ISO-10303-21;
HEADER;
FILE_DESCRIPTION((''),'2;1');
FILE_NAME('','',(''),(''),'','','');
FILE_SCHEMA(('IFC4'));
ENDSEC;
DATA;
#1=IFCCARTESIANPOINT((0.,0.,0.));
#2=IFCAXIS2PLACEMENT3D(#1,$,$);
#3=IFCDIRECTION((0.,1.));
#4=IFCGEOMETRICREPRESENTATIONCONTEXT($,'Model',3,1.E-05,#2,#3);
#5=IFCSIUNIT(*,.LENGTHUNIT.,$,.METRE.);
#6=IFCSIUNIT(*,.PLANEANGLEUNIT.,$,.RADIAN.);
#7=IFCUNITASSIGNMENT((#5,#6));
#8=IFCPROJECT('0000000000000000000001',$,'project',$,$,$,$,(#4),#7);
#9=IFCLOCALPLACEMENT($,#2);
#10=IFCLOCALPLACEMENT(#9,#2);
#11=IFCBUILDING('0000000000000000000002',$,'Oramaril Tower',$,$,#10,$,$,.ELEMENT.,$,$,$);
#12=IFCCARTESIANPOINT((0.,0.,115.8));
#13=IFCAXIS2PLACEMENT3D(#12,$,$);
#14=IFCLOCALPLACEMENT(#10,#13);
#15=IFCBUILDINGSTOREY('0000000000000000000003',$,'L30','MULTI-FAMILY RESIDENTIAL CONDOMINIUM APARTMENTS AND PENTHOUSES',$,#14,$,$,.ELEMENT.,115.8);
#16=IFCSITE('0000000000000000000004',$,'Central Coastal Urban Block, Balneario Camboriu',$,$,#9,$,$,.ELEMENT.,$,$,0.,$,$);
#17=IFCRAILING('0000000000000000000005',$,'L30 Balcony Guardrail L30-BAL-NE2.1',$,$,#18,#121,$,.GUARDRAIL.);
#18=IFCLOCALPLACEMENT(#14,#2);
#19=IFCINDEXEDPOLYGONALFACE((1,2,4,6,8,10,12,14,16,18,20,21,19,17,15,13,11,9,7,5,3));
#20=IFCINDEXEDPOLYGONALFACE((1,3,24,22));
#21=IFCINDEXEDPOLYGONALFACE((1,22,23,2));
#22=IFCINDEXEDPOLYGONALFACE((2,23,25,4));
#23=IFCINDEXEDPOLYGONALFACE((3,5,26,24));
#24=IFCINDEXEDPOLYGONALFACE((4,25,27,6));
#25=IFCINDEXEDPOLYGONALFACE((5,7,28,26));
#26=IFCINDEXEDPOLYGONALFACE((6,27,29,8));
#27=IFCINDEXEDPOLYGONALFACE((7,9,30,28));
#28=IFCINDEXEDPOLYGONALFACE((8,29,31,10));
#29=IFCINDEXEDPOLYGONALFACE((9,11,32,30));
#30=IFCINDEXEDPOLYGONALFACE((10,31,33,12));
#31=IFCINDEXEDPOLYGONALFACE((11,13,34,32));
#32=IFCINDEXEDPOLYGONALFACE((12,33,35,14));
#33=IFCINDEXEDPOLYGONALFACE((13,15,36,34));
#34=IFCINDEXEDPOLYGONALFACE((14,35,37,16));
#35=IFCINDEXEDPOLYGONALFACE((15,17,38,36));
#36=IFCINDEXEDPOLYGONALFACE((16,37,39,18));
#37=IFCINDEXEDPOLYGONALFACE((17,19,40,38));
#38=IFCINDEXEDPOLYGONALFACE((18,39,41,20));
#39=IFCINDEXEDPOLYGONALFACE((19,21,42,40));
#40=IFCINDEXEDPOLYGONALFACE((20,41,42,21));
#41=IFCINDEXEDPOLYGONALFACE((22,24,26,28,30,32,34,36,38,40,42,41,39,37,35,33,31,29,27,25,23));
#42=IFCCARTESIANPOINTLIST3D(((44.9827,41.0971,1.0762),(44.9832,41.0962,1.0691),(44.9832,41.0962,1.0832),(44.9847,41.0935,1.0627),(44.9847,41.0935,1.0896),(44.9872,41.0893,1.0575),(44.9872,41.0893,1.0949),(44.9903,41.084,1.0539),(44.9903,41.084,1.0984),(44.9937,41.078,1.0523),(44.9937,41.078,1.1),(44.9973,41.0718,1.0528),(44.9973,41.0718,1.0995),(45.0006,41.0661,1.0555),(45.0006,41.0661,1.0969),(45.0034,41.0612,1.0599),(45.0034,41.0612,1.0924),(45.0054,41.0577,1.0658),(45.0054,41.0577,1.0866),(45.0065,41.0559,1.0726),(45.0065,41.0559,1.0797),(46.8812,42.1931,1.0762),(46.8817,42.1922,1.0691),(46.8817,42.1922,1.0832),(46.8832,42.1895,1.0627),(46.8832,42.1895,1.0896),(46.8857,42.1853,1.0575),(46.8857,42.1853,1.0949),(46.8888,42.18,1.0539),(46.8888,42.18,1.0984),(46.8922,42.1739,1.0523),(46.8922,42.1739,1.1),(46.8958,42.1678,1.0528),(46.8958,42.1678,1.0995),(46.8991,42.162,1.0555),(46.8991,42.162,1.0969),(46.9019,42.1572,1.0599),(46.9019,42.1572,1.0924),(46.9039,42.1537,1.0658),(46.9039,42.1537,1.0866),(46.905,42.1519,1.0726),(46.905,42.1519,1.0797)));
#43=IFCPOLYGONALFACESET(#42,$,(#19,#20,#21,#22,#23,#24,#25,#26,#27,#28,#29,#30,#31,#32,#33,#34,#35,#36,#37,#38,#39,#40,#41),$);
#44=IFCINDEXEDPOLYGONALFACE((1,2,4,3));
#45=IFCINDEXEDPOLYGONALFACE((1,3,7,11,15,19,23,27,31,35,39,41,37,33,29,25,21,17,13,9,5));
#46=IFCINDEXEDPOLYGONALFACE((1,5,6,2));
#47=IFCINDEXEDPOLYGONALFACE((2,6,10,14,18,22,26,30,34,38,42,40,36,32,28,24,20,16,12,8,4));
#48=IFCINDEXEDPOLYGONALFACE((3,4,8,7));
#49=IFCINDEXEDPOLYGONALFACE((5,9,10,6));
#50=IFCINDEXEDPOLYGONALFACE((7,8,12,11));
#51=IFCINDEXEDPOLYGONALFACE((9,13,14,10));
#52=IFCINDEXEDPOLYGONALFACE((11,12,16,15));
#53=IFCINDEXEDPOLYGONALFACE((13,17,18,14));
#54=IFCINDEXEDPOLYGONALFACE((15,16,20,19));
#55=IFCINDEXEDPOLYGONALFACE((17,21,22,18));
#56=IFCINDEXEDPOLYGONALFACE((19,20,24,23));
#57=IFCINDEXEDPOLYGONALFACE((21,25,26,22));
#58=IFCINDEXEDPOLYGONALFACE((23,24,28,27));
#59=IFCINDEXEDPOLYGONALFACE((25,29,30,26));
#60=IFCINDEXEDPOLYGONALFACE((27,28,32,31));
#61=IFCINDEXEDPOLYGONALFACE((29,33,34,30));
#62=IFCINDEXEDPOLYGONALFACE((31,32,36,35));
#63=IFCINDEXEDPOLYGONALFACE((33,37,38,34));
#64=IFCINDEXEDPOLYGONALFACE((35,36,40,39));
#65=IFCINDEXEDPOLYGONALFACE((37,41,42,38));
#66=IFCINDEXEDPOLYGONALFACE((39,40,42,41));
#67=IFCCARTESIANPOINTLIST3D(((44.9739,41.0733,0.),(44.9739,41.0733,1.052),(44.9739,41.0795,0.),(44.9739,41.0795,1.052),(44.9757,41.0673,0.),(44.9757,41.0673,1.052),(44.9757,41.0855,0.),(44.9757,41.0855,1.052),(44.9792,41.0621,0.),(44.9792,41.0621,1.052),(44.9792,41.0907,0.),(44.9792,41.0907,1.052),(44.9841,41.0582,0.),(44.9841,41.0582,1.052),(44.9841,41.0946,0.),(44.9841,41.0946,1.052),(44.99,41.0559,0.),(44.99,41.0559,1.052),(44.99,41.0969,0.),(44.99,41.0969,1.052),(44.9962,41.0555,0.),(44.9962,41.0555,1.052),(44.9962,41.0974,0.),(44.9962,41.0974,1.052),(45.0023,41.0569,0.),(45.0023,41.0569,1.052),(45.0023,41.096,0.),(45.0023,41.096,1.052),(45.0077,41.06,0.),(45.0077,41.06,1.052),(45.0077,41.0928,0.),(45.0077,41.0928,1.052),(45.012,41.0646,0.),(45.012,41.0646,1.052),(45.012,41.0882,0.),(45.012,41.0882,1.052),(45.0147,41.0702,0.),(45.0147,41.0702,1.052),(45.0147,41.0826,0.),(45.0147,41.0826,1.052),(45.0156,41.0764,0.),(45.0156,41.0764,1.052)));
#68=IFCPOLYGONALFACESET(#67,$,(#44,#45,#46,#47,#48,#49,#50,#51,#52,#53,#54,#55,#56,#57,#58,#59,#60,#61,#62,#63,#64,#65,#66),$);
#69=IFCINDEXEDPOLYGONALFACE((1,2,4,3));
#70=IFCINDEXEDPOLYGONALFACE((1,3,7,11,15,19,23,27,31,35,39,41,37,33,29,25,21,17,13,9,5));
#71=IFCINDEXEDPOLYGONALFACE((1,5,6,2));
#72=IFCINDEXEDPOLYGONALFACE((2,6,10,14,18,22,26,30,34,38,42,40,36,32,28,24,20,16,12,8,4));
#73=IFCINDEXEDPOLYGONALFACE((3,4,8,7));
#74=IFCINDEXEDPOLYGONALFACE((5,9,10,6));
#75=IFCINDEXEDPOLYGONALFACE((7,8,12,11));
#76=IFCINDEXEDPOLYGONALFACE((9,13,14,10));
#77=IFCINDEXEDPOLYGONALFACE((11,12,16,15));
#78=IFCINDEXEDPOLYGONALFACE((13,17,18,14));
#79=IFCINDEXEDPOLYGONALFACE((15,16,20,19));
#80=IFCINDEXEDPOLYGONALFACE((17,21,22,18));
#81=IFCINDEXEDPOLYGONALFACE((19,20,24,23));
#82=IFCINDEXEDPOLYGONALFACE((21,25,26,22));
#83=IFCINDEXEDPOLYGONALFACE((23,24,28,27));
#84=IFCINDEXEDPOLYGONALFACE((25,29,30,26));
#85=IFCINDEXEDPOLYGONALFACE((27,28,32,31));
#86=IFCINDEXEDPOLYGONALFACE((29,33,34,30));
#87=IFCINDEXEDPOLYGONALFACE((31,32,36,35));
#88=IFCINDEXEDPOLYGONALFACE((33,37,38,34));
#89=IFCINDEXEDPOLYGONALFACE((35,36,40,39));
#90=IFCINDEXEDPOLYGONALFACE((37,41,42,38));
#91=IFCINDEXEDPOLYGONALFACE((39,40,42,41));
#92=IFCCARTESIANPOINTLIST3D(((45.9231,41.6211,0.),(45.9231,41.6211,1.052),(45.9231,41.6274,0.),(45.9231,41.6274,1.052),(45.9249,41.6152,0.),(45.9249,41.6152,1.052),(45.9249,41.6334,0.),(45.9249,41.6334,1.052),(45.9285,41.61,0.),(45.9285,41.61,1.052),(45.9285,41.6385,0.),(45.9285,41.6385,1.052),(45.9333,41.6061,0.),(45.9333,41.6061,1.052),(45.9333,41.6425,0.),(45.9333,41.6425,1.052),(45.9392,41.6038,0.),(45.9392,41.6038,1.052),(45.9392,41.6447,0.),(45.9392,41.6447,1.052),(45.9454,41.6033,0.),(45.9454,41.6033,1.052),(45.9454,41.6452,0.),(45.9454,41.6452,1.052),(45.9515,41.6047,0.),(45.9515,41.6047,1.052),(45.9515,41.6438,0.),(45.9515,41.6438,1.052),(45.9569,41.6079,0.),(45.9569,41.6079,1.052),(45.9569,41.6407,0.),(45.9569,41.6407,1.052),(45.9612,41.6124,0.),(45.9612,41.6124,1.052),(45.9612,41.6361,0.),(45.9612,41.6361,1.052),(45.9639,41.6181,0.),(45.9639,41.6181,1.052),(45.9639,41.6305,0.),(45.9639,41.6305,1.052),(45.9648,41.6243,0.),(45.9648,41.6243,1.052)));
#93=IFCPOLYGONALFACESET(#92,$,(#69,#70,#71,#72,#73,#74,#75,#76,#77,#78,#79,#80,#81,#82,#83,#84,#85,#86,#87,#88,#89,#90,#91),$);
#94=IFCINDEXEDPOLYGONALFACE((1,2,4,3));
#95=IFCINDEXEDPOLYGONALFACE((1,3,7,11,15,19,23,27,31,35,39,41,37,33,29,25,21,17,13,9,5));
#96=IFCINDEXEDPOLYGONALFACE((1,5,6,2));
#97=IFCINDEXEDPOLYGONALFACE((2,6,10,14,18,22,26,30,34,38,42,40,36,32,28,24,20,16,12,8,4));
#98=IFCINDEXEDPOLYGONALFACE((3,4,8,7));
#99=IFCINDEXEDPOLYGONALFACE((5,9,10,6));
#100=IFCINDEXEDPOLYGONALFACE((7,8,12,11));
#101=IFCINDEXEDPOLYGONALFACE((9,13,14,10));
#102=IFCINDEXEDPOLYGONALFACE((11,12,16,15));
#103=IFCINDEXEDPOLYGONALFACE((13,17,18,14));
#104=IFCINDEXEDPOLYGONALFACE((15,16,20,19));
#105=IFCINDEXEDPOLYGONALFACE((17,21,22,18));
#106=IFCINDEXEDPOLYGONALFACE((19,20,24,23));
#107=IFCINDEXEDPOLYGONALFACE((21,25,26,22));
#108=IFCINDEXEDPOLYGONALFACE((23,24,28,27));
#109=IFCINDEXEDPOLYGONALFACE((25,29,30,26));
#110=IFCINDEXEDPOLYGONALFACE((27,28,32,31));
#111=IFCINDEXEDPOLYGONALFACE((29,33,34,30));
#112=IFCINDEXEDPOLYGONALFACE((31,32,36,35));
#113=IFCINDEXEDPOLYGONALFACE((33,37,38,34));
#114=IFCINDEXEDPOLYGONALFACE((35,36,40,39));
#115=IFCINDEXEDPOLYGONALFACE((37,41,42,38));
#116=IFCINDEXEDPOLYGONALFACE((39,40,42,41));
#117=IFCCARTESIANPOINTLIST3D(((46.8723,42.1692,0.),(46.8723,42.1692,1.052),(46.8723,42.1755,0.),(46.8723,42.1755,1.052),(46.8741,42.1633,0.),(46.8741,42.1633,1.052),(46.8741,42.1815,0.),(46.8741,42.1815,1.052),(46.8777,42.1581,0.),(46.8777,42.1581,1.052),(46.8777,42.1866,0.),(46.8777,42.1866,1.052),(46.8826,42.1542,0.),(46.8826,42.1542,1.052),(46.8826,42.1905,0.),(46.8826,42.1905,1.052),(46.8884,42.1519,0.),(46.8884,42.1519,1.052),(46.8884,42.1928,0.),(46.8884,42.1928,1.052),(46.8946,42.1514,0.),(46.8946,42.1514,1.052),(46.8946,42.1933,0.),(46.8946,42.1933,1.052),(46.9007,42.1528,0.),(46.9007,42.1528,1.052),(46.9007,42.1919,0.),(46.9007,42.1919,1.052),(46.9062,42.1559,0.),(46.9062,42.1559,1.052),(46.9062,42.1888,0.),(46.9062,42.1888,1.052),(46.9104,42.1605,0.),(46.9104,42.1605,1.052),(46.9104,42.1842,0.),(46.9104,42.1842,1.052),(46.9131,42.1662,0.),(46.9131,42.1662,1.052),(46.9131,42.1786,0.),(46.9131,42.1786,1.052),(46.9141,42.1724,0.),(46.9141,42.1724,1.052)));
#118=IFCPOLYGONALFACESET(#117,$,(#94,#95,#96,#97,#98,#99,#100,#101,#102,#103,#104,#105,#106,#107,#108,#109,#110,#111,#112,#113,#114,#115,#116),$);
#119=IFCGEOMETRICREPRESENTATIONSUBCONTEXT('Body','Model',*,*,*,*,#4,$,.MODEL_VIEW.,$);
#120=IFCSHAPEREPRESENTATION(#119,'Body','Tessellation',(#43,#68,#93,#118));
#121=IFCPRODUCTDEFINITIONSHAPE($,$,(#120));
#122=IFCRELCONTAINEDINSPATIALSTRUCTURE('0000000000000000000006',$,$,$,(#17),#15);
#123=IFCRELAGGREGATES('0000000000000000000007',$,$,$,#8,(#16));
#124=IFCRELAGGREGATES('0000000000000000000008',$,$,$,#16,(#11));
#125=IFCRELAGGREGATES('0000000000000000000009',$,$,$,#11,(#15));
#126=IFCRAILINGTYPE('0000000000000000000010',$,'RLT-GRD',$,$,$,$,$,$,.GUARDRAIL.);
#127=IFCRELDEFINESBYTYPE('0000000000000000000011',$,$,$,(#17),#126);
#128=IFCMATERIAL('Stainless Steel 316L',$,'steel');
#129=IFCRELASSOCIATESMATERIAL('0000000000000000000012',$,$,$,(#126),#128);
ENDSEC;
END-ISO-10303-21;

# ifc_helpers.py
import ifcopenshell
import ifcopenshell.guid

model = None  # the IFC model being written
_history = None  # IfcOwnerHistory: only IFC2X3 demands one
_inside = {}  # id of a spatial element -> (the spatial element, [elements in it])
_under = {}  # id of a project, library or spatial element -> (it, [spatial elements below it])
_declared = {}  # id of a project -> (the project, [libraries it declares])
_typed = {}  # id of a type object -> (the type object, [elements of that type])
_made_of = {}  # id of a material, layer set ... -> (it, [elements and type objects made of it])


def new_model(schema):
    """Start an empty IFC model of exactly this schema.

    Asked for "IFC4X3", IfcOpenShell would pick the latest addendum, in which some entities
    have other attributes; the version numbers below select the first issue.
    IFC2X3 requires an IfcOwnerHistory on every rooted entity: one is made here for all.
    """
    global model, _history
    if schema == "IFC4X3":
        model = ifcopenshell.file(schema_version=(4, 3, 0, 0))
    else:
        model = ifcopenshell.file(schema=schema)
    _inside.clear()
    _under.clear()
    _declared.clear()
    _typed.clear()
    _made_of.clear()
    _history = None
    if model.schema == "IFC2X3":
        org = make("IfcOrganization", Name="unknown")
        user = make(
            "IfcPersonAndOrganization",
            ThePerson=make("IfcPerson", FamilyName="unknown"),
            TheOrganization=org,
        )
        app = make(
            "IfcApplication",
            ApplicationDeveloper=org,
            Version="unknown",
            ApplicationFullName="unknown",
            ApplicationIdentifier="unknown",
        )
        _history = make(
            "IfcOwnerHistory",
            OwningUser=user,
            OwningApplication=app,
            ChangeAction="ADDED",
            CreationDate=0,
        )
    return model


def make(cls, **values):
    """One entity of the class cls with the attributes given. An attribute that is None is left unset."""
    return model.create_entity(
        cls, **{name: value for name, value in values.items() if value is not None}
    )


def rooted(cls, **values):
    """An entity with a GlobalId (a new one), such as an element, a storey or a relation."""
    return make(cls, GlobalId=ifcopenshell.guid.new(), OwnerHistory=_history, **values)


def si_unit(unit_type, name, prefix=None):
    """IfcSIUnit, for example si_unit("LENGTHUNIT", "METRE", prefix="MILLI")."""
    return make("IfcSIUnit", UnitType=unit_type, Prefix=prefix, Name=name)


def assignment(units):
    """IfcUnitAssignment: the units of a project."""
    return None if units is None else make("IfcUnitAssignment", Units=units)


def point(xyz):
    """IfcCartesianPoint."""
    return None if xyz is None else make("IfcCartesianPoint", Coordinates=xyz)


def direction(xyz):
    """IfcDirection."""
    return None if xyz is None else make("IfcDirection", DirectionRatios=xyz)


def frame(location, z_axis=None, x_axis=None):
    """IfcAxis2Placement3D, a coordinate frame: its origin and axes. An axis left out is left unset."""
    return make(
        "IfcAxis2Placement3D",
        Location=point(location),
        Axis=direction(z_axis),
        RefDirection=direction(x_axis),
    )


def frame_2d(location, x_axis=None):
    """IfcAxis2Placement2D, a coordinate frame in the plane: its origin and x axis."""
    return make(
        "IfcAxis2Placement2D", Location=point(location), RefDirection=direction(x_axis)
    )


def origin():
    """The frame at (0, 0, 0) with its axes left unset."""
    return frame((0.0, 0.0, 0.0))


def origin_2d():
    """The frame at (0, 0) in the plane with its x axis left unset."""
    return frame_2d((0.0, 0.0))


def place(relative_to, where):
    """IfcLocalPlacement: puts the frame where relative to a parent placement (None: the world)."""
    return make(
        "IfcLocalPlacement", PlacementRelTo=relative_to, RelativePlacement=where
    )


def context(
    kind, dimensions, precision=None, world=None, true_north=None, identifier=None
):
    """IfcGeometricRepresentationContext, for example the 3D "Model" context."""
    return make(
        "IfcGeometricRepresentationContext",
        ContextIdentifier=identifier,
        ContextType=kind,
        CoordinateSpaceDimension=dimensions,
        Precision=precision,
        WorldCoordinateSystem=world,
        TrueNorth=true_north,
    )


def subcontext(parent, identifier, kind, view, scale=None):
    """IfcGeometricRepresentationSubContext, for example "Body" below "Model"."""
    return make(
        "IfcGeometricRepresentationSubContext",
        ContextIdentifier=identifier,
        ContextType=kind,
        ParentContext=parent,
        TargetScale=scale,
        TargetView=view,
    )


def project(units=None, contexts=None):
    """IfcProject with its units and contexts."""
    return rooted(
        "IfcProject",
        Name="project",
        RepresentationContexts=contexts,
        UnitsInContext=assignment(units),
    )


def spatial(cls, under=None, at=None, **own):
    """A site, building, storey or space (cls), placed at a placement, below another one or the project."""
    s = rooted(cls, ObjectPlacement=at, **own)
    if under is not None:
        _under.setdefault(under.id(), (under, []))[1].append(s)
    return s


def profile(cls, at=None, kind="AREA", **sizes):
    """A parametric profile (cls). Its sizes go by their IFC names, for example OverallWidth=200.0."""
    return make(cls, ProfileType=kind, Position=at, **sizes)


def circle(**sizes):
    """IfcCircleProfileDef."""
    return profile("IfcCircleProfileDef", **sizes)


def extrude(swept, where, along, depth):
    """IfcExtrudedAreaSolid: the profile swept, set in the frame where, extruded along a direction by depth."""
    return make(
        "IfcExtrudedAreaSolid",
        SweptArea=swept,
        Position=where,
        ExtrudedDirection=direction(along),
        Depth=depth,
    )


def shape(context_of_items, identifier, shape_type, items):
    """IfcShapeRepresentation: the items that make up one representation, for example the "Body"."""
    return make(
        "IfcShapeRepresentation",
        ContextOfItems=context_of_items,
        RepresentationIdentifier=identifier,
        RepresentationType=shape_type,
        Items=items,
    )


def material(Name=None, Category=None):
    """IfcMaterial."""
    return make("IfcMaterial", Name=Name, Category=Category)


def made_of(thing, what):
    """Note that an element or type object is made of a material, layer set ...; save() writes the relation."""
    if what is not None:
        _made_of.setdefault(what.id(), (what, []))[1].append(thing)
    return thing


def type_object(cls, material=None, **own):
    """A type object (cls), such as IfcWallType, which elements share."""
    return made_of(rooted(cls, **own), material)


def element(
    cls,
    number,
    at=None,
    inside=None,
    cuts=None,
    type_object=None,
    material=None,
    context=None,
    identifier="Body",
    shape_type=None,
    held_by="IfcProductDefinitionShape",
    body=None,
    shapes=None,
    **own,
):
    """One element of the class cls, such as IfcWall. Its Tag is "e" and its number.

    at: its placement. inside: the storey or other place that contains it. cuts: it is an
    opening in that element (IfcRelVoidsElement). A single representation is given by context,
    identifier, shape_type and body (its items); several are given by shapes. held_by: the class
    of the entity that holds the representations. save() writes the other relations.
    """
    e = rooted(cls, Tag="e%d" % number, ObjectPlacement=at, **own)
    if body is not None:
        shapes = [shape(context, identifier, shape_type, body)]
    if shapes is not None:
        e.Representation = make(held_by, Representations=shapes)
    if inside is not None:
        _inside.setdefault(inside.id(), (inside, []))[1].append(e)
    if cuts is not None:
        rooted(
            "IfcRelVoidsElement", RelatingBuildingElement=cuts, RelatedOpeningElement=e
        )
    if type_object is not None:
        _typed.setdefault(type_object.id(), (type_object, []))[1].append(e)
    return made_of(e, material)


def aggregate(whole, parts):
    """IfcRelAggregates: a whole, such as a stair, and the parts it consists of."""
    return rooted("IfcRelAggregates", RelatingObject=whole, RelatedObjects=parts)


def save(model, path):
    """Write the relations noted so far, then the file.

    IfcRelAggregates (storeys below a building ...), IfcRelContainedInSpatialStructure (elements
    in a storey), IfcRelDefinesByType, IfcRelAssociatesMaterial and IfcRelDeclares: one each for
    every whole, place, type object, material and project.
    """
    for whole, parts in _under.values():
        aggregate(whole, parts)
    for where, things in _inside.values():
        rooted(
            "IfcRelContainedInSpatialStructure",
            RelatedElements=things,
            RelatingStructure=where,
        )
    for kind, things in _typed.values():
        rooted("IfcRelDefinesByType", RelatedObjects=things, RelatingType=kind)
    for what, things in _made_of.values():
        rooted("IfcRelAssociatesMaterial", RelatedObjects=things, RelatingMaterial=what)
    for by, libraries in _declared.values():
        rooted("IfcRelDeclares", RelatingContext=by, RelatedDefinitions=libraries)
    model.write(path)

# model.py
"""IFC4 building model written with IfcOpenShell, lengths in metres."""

from ifc_helpers import new_model, si_unit, direction, frame, origin, origin_2d, place, context, subcontext, project, spatial, circle, extrude, material, type_object, element, save


model = new_model("IFC4")

# Units and contexts
model_context = context("Model", 3, precision=1e-05, world=origin(), true_north=direction((0.0, 1.0)))
body_context = subcontext(model_context, "Body", "Model", "MODEL_VIEW")
ifc_project = project(units=[si_unit("LENGTHUNIT", "METRE"), si_unit("PLANEANGLEUNIT", "RADIAN")], contexts=[model_context])

# Site, building, storey
site_placement = place(None, origin())
site = spatial("IfcSite", under=ifc_project, at=site_placement, Name="Central Coastal Urban Block, Balneario Camboriu", CompositionType="ELEMENT", RefElevation=0.0)
building_placement = place(site_placement, origin())
building = spatial("IfcBuilding", under=site, at=building_placement, Name="Oramaril Tower", CompositionType="ELEMENT")
storey_placement = place(building_placement, frame((0.0, 0.0, 115.8)))
storey = spatial("IfcBuildingStorey", under=building, at=storey_placement, Name="L30", Description="MULTI-FAMILY RESIDENTIAL CONDOMINIUM APARTMENTS AND PENTHOUSES", CompositionType="ELEMENT", Elevation=115.8)

# Railing
ifc_material_1 = material(Name="Stainless Steel 316L", Category="steel")
railing_type = type_object("IfcRailingType", Name="RLT-GRD", PredefinedType="GUARDRAIL", material=ifc_material_1)
railing_1_placement = place(storey_placement, frame((44.9946, 41.0764, 0.0)))
element("IfcRailing", 1, at=railing_1_placement, inside=storey, type_object=railing_type, Name="L30 Balcony Guardrail L30-BAL-NE2.1", PredefinedType="GUARDRAIL", context=body_context, shape_type="SweptSolid", body=[
    extrude(circle(Radius=0.0239, at=origin_2d()), frame((0.0, 0.0, 1.0762), z_axis=(0.866048, 0.49996, 0.0), x_axis=(-0.49996, 0.866048, 0.0)), (0.0, 0.0, 1.0), 2.1921),
    extrude(circle(Radius=0.021, at=origin_2d()), origin(), (0.0, 0.0, 1.0), 1.052),
    extrude(circle(Radius=0.021, at=origin_2d()), frame((0.9492, 0.5479, 0.0)), (0.0, 0.0, 1.0), 1.052),
    extrude(circle(Radius=0.021, at=origin_2d()), frame((1.8984, 1.0959, 0.0)), (0.0, 0.0, 1.0), 1.052),
])

save(model, "model.ifc")
